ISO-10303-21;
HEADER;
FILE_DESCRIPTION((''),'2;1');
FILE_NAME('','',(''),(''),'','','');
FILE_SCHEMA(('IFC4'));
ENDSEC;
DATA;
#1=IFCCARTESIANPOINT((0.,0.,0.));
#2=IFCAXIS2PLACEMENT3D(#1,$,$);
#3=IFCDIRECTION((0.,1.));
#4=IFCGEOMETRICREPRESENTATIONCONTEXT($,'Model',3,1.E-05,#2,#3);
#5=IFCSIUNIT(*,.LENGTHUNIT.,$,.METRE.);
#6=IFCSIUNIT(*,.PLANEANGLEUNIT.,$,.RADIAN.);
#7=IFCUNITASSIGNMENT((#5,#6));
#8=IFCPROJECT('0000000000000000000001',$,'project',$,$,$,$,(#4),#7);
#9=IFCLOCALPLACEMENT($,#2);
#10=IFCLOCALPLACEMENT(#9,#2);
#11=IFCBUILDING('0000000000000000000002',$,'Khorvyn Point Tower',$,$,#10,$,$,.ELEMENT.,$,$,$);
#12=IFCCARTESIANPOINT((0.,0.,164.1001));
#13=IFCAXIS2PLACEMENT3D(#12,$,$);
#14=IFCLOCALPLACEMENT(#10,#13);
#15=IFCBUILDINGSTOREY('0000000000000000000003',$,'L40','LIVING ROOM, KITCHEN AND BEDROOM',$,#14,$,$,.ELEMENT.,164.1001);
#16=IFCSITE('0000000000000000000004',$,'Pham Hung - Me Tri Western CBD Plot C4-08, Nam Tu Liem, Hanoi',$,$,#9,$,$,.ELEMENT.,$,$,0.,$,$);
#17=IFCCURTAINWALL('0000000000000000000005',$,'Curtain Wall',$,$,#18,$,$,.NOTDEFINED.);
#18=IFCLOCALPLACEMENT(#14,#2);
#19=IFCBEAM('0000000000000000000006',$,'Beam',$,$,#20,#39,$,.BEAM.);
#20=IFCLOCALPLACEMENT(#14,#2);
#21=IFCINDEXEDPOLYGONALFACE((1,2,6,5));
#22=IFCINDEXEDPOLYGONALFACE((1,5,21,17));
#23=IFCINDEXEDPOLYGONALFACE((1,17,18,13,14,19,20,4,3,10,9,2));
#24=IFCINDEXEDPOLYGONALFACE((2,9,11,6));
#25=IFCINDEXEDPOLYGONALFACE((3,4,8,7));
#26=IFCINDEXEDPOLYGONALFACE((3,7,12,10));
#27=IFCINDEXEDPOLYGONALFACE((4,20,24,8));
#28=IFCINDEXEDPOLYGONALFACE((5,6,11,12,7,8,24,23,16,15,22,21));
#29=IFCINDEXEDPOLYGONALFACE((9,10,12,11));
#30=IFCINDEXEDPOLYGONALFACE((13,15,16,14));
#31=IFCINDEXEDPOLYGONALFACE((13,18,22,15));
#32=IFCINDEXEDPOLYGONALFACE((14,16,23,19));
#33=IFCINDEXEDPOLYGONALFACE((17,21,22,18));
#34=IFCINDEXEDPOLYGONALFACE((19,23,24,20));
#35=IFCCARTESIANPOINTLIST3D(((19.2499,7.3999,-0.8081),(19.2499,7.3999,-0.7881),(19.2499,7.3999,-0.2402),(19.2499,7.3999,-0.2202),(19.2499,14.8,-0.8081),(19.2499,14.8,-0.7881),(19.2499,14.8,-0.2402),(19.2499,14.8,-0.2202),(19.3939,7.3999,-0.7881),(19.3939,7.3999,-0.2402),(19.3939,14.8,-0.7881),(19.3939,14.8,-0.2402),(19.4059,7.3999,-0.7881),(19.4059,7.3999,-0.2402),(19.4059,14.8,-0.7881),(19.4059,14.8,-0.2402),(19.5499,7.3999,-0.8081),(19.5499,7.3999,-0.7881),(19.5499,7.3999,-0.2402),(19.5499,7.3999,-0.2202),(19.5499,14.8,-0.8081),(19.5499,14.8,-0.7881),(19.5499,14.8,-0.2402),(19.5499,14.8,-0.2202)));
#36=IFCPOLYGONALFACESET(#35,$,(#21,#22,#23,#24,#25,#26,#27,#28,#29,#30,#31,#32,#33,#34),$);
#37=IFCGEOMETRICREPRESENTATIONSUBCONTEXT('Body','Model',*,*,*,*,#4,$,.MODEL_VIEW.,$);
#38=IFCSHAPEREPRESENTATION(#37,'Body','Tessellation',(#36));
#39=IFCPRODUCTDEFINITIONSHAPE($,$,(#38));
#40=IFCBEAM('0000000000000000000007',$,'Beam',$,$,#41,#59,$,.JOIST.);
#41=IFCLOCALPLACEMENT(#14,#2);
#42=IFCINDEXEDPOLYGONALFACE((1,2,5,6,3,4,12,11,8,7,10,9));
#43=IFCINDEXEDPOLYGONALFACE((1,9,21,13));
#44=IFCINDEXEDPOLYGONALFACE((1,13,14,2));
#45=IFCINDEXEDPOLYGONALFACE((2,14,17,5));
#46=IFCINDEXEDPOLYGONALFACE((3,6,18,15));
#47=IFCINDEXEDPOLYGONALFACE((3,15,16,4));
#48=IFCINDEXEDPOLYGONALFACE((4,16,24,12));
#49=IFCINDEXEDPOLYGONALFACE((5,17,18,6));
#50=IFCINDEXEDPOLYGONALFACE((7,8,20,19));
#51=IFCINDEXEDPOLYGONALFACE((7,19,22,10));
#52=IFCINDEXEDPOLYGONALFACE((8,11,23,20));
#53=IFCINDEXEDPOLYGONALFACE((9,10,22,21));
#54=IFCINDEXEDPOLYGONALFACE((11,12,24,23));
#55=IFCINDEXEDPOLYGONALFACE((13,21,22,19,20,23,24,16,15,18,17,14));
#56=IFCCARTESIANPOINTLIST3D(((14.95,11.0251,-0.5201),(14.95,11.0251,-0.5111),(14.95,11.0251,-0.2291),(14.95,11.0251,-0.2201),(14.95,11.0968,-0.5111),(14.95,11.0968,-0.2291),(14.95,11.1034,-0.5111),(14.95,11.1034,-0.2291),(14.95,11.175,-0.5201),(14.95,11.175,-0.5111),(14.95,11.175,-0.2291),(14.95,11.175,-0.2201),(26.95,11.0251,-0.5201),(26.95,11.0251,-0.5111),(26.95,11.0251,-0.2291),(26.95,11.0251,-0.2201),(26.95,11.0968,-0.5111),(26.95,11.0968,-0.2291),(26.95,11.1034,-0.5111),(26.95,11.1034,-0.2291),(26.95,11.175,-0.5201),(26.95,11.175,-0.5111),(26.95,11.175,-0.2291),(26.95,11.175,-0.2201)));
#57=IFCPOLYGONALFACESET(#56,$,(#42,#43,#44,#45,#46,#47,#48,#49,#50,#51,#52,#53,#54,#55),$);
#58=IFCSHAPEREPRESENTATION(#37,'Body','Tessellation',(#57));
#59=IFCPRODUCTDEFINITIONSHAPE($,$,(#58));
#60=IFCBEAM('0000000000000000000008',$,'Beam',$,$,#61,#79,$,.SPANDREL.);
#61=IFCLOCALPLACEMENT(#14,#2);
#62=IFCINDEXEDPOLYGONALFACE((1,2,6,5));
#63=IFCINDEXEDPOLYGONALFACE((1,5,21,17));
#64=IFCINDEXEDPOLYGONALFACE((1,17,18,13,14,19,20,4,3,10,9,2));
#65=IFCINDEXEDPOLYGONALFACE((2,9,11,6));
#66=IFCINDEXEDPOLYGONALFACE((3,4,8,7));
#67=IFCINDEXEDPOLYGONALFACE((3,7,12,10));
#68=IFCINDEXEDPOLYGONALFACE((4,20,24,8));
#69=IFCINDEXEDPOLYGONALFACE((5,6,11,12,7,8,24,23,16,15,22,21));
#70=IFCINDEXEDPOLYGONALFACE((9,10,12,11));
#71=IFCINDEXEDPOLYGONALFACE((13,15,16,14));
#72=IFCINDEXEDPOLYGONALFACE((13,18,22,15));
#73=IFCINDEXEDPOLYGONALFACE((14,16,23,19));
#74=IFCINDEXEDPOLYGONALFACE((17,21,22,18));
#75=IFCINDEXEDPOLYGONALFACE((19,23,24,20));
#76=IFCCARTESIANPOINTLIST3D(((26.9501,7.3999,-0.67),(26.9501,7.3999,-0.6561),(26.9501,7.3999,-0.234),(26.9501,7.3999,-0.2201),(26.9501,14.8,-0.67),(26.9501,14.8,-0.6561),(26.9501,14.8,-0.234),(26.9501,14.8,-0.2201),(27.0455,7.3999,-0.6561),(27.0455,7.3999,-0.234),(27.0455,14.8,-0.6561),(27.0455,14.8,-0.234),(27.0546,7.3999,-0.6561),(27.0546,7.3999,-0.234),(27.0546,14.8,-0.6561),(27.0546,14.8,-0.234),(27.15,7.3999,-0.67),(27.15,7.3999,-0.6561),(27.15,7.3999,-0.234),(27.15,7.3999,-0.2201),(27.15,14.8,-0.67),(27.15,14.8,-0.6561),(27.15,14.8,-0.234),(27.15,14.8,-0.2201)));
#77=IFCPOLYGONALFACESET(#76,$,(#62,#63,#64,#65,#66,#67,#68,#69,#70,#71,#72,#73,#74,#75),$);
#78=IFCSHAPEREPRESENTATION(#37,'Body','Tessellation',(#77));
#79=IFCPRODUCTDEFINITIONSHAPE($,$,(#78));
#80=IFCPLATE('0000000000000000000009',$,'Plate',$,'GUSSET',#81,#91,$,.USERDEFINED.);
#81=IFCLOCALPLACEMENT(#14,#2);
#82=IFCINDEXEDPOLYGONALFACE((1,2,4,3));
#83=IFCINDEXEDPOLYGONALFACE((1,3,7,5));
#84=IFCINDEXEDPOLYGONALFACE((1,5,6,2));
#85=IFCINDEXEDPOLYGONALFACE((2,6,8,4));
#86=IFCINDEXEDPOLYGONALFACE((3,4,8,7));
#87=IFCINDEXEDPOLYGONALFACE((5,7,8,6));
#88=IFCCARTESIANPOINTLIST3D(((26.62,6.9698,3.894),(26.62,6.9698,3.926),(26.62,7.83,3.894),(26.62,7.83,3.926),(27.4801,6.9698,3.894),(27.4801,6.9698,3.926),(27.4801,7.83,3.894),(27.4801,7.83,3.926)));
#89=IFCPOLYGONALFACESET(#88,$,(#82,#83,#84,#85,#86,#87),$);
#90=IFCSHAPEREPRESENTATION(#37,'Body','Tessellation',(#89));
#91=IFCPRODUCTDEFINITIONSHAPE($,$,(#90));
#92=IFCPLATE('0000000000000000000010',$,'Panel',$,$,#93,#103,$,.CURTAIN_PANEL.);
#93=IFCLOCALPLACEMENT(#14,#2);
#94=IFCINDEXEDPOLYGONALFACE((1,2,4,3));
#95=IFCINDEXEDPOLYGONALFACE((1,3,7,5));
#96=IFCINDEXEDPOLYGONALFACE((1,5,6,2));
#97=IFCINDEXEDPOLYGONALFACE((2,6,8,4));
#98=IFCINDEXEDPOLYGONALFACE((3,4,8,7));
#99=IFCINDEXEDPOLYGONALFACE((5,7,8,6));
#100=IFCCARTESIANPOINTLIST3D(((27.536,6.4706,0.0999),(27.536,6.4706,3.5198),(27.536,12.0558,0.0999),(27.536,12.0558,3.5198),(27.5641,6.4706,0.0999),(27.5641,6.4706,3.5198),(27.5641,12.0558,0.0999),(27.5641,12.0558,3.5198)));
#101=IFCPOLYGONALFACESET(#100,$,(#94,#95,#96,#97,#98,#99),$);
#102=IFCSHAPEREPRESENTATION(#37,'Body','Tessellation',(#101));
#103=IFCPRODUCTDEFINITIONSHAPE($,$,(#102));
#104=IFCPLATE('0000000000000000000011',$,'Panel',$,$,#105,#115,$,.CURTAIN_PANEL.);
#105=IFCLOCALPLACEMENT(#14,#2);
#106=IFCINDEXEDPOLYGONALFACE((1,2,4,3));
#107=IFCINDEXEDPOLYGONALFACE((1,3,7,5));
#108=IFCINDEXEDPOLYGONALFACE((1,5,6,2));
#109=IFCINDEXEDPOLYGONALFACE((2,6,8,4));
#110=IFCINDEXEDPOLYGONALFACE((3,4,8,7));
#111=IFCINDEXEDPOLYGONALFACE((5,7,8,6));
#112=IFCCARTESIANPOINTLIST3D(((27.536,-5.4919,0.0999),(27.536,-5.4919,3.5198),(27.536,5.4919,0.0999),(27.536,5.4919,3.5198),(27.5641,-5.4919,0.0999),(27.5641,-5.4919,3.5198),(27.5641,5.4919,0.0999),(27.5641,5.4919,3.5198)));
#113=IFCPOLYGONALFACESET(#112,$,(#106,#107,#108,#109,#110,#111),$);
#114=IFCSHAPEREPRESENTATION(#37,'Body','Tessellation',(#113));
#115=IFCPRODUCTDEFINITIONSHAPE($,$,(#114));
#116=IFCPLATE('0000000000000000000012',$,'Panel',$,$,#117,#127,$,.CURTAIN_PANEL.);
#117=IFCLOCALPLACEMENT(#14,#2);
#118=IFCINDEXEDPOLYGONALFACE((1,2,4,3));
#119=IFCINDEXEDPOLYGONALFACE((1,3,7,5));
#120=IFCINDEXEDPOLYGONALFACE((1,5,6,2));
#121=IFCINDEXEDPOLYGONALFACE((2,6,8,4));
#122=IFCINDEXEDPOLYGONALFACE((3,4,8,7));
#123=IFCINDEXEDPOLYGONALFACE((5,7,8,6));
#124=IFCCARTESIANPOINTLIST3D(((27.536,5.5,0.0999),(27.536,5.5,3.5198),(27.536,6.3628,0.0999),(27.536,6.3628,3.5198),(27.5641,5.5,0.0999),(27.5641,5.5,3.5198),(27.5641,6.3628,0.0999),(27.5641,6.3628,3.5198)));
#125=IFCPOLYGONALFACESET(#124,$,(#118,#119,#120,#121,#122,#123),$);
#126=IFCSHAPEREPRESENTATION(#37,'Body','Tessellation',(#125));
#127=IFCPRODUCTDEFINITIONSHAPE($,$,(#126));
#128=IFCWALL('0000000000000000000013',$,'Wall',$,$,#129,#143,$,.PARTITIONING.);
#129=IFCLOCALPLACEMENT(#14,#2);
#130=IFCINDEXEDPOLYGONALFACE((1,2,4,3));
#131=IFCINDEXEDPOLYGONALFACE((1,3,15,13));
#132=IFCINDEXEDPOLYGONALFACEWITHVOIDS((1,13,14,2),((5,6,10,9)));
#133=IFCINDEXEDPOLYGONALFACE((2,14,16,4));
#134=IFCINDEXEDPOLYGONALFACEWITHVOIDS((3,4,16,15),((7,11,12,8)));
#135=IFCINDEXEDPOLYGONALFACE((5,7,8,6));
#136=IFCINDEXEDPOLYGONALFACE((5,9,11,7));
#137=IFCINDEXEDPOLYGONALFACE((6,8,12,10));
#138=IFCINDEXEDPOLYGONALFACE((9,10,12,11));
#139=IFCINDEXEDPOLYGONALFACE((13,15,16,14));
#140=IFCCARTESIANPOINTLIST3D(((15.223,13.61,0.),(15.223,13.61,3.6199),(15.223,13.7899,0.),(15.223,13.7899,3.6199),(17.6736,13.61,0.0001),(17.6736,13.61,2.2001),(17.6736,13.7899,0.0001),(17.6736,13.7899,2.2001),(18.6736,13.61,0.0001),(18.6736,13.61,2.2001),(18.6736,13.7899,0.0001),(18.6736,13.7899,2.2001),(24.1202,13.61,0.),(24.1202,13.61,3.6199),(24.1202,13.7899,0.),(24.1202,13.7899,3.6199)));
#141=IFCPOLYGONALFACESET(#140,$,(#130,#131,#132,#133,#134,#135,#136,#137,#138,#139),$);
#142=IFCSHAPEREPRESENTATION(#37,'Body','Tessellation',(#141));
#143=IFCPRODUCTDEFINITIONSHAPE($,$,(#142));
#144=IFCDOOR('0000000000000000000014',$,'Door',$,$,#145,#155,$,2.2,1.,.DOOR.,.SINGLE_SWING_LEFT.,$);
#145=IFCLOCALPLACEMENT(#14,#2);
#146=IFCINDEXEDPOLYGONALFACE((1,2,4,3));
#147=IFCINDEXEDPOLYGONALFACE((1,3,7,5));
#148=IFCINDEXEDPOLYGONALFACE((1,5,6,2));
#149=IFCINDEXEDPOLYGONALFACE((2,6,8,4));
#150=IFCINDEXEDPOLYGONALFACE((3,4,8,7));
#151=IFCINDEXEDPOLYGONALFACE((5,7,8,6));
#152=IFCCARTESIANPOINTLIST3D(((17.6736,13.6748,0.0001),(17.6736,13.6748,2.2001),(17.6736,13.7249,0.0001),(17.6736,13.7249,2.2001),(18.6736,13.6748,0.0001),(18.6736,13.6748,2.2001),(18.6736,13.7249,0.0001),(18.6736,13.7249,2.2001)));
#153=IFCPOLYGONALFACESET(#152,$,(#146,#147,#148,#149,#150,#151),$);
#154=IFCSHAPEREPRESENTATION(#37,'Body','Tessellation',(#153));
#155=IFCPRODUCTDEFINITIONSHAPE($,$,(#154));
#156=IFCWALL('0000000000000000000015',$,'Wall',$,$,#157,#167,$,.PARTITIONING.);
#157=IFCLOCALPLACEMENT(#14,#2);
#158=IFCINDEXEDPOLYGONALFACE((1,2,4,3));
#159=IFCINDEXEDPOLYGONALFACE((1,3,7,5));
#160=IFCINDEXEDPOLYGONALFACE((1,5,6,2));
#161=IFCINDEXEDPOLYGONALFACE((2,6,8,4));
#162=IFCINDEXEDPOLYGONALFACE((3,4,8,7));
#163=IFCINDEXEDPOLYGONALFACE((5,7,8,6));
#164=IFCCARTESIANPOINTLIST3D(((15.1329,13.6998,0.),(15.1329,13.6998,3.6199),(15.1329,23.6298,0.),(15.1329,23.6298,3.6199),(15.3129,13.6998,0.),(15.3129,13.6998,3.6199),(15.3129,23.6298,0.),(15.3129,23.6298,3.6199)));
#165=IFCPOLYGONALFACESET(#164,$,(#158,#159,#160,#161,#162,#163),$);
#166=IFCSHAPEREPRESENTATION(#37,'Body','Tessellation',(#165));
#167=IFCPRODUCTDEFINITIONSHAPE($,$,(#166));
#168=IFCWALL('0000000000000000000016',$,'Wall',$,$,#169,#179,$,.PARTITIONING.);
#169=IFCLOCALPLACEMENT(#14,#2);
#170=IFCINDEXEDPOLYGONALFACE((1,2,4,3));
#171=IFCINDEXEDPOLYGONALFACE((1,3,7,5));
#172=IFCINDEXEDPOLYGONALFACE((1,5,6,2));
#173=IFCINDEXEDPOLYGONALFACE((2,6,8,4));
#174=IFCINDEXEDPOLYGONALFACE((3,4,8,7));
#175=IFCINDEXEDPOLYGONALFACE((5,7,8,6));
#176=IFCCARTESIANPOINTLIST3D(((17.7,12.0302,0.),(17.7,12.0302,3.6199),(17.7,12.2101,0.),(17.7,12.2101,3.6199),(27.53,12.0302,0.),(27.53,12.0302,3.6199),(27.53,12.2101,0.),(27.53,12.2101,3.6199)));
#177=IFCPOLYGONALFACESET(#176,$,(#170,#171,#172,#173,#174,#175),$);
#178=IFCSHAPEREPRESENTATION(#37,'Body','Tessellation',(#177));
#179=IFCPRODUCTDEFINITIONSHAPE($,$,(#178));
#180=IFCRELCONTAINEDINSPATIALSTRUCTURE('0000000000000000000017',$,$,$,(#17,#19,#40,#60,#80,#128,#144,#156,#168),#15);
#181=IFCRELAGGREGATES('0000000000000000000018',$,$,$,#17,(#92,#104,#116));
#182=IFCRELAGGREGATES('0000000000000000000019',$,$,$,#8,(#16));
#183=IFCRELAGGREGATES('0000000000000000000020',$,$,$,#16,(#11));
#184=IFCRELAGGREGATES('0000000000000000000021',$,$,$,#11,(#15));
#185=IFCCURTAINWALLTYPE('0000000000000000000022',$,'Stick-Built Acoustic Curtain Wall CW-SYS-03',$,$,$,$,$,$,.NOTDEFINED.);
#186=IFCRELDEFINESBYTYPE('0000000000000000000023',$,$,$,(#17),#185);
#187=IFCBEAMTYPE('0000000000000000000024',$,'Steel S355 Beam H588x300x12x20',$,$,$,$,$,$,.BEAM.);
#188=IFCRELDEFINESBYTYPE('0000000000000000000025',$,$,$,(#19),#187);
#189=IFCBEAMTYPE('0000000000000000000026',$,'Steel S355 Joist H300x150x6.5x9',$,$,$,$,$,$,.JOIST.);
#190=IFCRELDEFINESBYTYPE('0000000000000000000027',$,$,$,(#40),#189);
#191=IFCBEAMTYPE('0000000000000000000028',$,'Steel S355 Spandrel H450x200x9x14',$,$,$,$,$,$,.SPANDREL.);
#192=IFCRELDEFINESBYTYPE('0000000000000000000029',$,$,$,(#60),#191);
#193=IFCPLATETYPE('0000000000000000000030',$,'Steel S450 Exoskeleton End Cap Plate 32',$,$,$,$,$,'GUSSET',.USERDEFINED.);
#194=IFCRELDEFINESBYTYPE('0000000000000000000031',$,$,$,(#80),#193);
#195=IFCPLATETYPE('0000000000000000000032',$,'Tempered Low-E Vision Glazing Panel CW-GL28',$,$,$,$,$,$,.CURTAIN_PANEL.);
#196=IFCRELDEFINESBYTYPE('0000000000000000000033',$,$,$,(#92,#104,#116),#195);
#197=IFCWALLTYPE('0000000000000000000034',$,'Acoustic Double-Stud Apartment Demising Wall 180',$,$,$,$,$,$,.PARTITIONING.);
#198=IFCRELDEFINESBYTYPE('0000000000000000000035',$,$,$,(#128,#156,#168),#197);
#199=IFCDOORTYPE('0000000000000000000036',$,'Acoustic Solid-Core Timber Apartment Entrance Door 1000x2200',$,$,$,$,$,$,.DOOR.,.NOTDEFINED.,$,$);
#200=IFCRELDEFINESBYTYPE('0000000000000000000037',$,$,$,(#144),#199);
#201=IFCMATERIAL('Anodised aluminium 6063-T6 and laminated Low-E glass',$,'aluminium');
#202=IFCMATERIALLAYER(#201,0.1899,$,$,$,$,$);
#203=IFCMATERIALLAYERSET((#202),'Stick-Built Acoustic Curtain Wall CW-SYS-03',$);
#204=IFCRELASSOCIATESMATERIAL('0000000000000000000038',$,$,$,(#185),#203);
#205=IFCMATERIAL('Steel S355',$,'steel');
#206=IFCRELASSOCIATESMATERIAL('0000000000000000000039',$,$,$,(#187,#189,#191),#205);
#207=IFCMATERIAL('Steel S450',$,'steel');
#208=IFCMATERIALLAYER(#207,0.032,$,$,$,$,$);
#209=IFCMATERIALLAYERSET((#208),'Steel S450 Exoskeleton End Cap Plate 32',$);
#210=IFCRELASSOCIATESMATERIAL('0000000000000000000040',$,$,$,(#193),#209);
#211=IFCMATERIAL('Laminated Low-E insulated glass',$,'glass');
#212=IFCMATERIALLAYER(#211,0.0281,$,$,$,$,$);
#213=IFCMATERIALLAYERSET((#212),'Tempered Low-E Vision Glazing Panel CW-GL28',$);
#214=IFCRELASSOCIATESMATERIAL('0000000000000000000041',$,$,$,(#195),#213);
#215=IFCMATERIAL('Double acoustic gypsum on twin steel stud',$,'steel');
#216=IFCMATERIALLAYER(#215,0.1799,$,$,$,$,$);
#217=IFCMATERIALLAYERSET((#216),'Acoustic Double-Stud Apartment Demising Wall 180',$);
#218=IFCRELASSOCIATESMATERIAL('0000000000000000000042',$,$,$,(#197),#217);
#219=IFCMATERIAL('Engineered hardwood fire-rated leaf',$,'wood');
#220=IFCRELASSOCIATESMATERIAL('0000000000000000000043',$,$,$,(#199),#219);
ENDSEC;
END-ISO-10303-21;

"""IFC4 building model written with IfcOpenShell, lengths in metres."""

from ifc_helpers import new_model, si_unit, direction, frame, frame_2d, origin, origin_2d, place, context, subcontext, project, spatial, rectangle, i_section, extrude, material, layer, layer_set, material_profile, profile_set, type_object, element, fill, aggregate, save


model = new_model("IFC4")

# Units and contexts
model_context = context("Model", 3, precision=1e-05, world=origin(), true_north=direction((0.0, 1.0)))
body_context = subcontext(model_context, "Body", "Model", "MODEL_VIEW")
ifc_project = project(units=[si_unit("LENGTHUNIT", "METRE"), si_unit("PLANEANGLEUNIT", "RADIAN")], contexts=[model_context])

# Site, building, storey
site_placement = place(None, origin())
site = spatial("IfcSite", under=ifc_project, at=site_placement, Name="Pham Hung - Me Tri Western CBD Plot C4-08, Nam Tu Liem, Hanoi", CompositionType="ELEMENT", RefElevation=0.0)
building_placement = place(site_placement, origin())
building = spatial("IfcBuilding", under=site, at=building_placement, Name="Khorvyn Point Tower", CompositionType="ELEMENT")
storey_placement = place(building_placement, frame((0.0, 0.0, 164.1001)))
storey = spatial("IfcBuildingStorey", under=building, at=storey_placement, Name="L40", Description="LIVING ROOM, KITCHEN AND BEDROOM", CompositionType="ELEMENT", Elevation=164.1001)

# Shared definitions
ifc_material_1 = material(Name="Steel S450", Category="steel")

# Curtain wall
ifc_material_2 = material(Name="Anodised aluminium 6063-T6 and laminated Low-E glass", Category="aluminium")
ifc_layer_1 = layer(ifc_material_2, 0.1899)
ifc_layer_set_1 = layer_set([ifc_layer_1], Name="Stick-Built Acoustic Curtain Wall CW-SYS-03")
curtain_wall_type = type_object("IfcCurtainWallType", Name="Stick-Built Acoustic Curtain Wall CW-SYS-03", PredefinedType="NOTDEFINED", material=ifc_layer_set_1)
curtain_wall_placement = place(storey_placement, origin())
curtain_wall = element("IfcCurtainWall", 1, at=curtain_wall_placement, inside=storey, type_object=curtain_wall_type, Name="Curtain Wall", PredefinedType="NOTDEFINED")

# Beams
ifc_material_3 = material(Name="Steel S355", Category="steel")
ifc_material_profile_1 = material_profile(ifc_material_3, i_section(OverallWidth=0.3, OverallDepth=0.5879, WebThickness=0.012, FlangeThickness=0.02, at=origin_2d()))
ifc_profile_set_1 = profile_set([ifc_material_profile_1], Name="Steel S355 H588x300x12x20")
beam_type_1 = type_object("IfcBeamType", Name="Steel S355 Beam H588x300x12x20", PredefinedType="BEAM", material=ifc_profile_set_1)
beam_1_placement = place(storey_placement, frame((19.3999, 7.3999, -0.5142), z_axis=(0.0, 1.0, 0.0), x_axis=(-1.0, 0.0, 0.0)))
element("IfcBeam", 2, at=beam_1_placement, inside=storey, type_object=beam_type_1, Name="Beam", PredefinedType="BEAM", context=body_context, shape_type="SweptSolid", body=[
    extrude(i_section(OverallWidth=0.3, OverallDepth=0.5879, WebThickness=0.012, FlangeThickness=0.02, at=origin_2d()), origin(), (0.0, 0.0, 1.0), 7.4001),
])
ifc_material_profile_2 = material_profile(ifc_material_3, i_section(OverallWidth=0.1499, OverallDepth=0.3, WebThickness=0.0066, FlangeThickness=0.009, at=origin_2d()))
ifc_profile_set_2 = profile_set([ifc_material_profile_2], Name="Steel S355 H300x150x6.5x9")
beam_type_2 = type_object("IfcBeamType", Name="Steel S355 Joist H300x150x6.5x9", PredefinedType="JOIST", material=ifc_profile_set_2)
beam_2_placement = place(storey_placement, frame((14.95, 11.1001, -0.3701), z_axis=(1.0, 0.0, 0.0), x_axis=(0.0, 1.0, 0.0)))
element("IfcBeam", 3, at=beam_2_placement, inside=storey, type_object=beam_type_2, Name="Beam", PredefinedType="JOIST", context=body_context, shape_type="SweptSolid", body=[
    extrude(i_section(OverallWidth=0.1499, OverallDepth=0.3, WebThickness=0.0066, FlangeThickness=0.009, at=origin_2d()), origin(), (0.0, 0.0, 1.0), 12.0),
])
ifc_material_profile_3 = material_profile(ifc_material_3, i_section(OverallWidth=0.2, OverallDepth=0.45, WebThickness=0.009, FlangeThickness=0.0139, at=origin_2d()))
ifc_profile_set_3 = profile_set([ifc_material_profile_3], Name="Steel S355 H450x200x9x14")
beam_type_3 = type_object("IfcBeamType", Name="Steel S355 Spandrel H450x200x9x14", PredefinedType="SPANDREL", material=ifc_profile_set_3)
beam_3_placement = place(storey_placement, frame((27.05, 7.3999, -0.4451), z_axis=(0.0, 1.0, 0.0), x_axis=(-1.0, 0.0, 0.0)))
element("IfcBeam", 4, at=beam_3_placement, inside=storey, type_object=beam_type_3, Name="Beam", PredefinedType="SPANDREL", context=body_context, shape_type="SweptSolid", body=[
    extrude(i_section(OverallWidth=0.2, OverallDepth=0.45, WebThickness=0.009, FlangeThickness=0.0139, at=origin_2d()), origin(), (0.0, 0.0, 1.0), 7.4001),
])

# Plates
ifc_layer_2 = layer(ifc_material_1, 0.032)
ifc_layer_set_2 = layer_set([ifc_layer_2], Name="Steel S450 Exoskeleton End Cap Plate 32")
plate_type_1 = type_object("IfcPlateType", Name="Steel S450 Exoskeleton End Cap Plate 32", ElementType="GUSSET", PredefinedType="USERDEFINED", material=ifc_layer_set_2)
plate_1_placement = place(storey_placement, frame((27.05, 7.3999, 3.894), z_axis=(0.0, 0.0, 1.0), x_axis=(1.0, 0.0, 0.0)))
element("IfcPlate", 5, at=plate_1_placement, inside=storey, type_object=plate_type_1, Name="Plate", ObjectType="GUSSET", PredefinedType="USERDEFINED", context=body_context, shape_type="SweptSolid", body=[
    extrude(rectangle(XDim=0.8601, YDim=0.8601, at=origin_2d()), origin(), (0.0, 0.0, 1.0), 0.032),
])
ifc_material_4 = material(Name="Laminated Low-E insulated glass", Category="glass")
ifc_layer_3 = layer(ifc_material_4, 0.0281)
ifc_layer_set_3 = layer_set([ifc_layer_3], Name="Tempered Low-E Vision Glazing Panel CW-GL28")
plate_type_2 = type_object("IfcPlateType", Name="Tempered Low-E Vision Glazing Panel CW-GL28", PredefinedType="CURTAIN_PANEL", material=ifc_layer_set_3)
plate_2_placement = place(storey_placement, frame((27.55, 9.2632, 0.0999), z_axis=(0.0, 0.0, 1.0), x_axis=(0.0, -1.0, 0.0)))
plate_2 = element("IfcPlate", 6, at=plate_2_placement, type_object=plate_type_2, Name="Panel", PredefinedType="CURTAIN_PANEL", context=body_context, shape_type="SweptSolid", body=[
    extrude(rectangle(XDim=5.5852, YDim=0.0281, at=origin_2d()), origin(), (0.0, 0.0, 1.0), 3.4199),
])
plate_3_placement = place(storey_placement, frame((27.55, 0.0, 0.0999), z_axis=(0.0, 0.0, 1.0), x_axis=(0.0, -1.0, 0.0)))
plate_3 = element("IfcPlate", 7, at=plate_3_placement, type_object=plate_type_2, Name="Panel", PredefinedType="CURTAIN_PANEL", context=body_context, shape_type="SweptSolid", body=[
    extrude(rectangle(XDim=10.9839, YDim=0.0281, at=origin_2d()), origin(), (0.0, 0.0, 1.0), 3.4199),
])
plate_4_placement = place(storey_placement, frame((27.55, 5.9314, 0.0999), z_axis=(0.0, 0.0, 1.0), x_axis=(0.0, -1.0, 0.0)))
plate_4 = element("IfcPlate", 8, at=plate_4_placement, type_object=plate_type_2, Name="Panel", PredefinedType="CURTAIN_PANEL", context=body_context, shape_type="SweptSolid", body=[
    extrude(rectangle(XDim=0.8628, YDim=0.0281, at=origin_2d()), origin(), (0.0, 0.0, 1.0), 3.4199),
])
aggregate(curtain_wall, [plate_2, plate_3, plate_4])

# Wall, opening, door
ifc_material_5 = material(Name="Double acoustic gypsum on twin steel stud", Category="steel")
ifc_layer_4 = layer(ifc_material_5, 0.1799)
ifc_layer_set_4 = layer_set([ifc_layer_4], Name="Acoustic Double-Stud Apartment Demising Wall 180")
wall_type_1 = type_object("IfcWallType", Name="Acoustic Double-Stud Apartment Demising Wall 180", PredefinedType="PARTITIONING", material=ifc_layer_set_4)
wall_1_placement = place(storey_placement, frame((15.2229, 13.7, 0.0), z_axis=(0.0, 0.0, 1.0), x_axis=(1.0, 0.0, 0.0)))
wall_1 = element("IfcWall", 9, at=wall_1_placement, inside=storey, type_object=wall_type_1, Name="Wall", PredefinedType="PARTITIONING", context=body_context, shape_type="SweptSolid", body=[
    extrude(rectangle(XDim=8.8972, YDim=0.1799, at=frame_2d((4.4487, 0.0))), origin(), (0.0, 0.0, 1.0), 3.6199),
])
opening_1_placement = place(wall_1_placement, frame((2.4507, 0.0, 0.0)))
opening_1 = element("IfcOpeningElement", 10, at=opening_1_placement, cuts=wall_1, PredefinedType="OPENING", context=body_context, shape_type="SweptSolid", body=[
    extrude(rectangle(XDim=1.0, YDim=2.2, at=frame_2d((0.5, 1.1001))), frame((0.0, 0.0999, 0.0), z_axis=(0.0, -1.0, 0.0), x_axis=(1.0, 0.0, 0.0)), (0.0, 0.0, 1.0), 0.2),
])
ifc_material_6 = material(Name="Engineered hardwood fire-rated leaf", Category="wood")
door_type_1 = type_object("IfcDoorType", Name="Acoustic Solid-Core Timber Apartment Entrance Door 1000x2200", OperationType="NOTDEFINED", PredefinedType="DOOR", material=ifc_material_6)
door_1_placement = place(opening_1_placement, origin())
door_1 = element("IfcDoor", 11, at=door_1_placement, inside=storey, type_object=door_type_1, Name="Door", OperationType="SINGLE_SWING_LEFT", OverallHeight=2.2, OverallWidth=1.0, PredefinedType="DOOR", context=body_context, shape_type="SweptSolid", body=[
    extrude(rectangle(XDim=1.0, YDim=2.2, at=frame_2d((0.5, 1.1001))), frame((0.0, 0.0249, 0.0), z_axis=(0.0, -1.0, 0.0), x_axis=(1.0, 0.0, 0.0)), (0.0, 0.0, 1.0), 0.05),
])
fill(opening_1, door_1)

# Walls
wall_2_placement = place(storey_placement, frame((15.2229, 13.7, 0.0), z_axis=(0.0, 0.0, 1.0), x_axis=(0.0, 1.0, 0.0)))
element("IfcWall", 12, at=wall_2_placement, inside=storey, type_object=wall_type_1, Name="Wall", PredefinedType="PARTITIONING", context=body_context, shape_type="SweptSolid", body=[
    extrude(rectangle(XDim=9.9299, YDim=0.1799, at=frame_2d((4.9648, 0.0))), origin(), (0.0, 0.0, 1.0), 3.6199),
])
wall_3_placement = place(storey_placement, frame((17.7, 12.1201, 0.0), z_axis=(0.0, 0.0, 1.0), x_axis=(1.0, 0.0, 0.0)))
element("IfcWall", 13, at=wall_3_placement, inside=storey, type_object=wall_type_1, Name="Wall", PredefinedType="PARTITIONING", context=body_context, shape_type="SweptSolid", body=[
    extrude(rectangle(XDim=9.8301, YDim=0.1799, at=frame_2d((4.915, 0.0))), origin(), (0.0, 0.0, 1.0), 3.6199),
])

save(model, "model.ifc")
